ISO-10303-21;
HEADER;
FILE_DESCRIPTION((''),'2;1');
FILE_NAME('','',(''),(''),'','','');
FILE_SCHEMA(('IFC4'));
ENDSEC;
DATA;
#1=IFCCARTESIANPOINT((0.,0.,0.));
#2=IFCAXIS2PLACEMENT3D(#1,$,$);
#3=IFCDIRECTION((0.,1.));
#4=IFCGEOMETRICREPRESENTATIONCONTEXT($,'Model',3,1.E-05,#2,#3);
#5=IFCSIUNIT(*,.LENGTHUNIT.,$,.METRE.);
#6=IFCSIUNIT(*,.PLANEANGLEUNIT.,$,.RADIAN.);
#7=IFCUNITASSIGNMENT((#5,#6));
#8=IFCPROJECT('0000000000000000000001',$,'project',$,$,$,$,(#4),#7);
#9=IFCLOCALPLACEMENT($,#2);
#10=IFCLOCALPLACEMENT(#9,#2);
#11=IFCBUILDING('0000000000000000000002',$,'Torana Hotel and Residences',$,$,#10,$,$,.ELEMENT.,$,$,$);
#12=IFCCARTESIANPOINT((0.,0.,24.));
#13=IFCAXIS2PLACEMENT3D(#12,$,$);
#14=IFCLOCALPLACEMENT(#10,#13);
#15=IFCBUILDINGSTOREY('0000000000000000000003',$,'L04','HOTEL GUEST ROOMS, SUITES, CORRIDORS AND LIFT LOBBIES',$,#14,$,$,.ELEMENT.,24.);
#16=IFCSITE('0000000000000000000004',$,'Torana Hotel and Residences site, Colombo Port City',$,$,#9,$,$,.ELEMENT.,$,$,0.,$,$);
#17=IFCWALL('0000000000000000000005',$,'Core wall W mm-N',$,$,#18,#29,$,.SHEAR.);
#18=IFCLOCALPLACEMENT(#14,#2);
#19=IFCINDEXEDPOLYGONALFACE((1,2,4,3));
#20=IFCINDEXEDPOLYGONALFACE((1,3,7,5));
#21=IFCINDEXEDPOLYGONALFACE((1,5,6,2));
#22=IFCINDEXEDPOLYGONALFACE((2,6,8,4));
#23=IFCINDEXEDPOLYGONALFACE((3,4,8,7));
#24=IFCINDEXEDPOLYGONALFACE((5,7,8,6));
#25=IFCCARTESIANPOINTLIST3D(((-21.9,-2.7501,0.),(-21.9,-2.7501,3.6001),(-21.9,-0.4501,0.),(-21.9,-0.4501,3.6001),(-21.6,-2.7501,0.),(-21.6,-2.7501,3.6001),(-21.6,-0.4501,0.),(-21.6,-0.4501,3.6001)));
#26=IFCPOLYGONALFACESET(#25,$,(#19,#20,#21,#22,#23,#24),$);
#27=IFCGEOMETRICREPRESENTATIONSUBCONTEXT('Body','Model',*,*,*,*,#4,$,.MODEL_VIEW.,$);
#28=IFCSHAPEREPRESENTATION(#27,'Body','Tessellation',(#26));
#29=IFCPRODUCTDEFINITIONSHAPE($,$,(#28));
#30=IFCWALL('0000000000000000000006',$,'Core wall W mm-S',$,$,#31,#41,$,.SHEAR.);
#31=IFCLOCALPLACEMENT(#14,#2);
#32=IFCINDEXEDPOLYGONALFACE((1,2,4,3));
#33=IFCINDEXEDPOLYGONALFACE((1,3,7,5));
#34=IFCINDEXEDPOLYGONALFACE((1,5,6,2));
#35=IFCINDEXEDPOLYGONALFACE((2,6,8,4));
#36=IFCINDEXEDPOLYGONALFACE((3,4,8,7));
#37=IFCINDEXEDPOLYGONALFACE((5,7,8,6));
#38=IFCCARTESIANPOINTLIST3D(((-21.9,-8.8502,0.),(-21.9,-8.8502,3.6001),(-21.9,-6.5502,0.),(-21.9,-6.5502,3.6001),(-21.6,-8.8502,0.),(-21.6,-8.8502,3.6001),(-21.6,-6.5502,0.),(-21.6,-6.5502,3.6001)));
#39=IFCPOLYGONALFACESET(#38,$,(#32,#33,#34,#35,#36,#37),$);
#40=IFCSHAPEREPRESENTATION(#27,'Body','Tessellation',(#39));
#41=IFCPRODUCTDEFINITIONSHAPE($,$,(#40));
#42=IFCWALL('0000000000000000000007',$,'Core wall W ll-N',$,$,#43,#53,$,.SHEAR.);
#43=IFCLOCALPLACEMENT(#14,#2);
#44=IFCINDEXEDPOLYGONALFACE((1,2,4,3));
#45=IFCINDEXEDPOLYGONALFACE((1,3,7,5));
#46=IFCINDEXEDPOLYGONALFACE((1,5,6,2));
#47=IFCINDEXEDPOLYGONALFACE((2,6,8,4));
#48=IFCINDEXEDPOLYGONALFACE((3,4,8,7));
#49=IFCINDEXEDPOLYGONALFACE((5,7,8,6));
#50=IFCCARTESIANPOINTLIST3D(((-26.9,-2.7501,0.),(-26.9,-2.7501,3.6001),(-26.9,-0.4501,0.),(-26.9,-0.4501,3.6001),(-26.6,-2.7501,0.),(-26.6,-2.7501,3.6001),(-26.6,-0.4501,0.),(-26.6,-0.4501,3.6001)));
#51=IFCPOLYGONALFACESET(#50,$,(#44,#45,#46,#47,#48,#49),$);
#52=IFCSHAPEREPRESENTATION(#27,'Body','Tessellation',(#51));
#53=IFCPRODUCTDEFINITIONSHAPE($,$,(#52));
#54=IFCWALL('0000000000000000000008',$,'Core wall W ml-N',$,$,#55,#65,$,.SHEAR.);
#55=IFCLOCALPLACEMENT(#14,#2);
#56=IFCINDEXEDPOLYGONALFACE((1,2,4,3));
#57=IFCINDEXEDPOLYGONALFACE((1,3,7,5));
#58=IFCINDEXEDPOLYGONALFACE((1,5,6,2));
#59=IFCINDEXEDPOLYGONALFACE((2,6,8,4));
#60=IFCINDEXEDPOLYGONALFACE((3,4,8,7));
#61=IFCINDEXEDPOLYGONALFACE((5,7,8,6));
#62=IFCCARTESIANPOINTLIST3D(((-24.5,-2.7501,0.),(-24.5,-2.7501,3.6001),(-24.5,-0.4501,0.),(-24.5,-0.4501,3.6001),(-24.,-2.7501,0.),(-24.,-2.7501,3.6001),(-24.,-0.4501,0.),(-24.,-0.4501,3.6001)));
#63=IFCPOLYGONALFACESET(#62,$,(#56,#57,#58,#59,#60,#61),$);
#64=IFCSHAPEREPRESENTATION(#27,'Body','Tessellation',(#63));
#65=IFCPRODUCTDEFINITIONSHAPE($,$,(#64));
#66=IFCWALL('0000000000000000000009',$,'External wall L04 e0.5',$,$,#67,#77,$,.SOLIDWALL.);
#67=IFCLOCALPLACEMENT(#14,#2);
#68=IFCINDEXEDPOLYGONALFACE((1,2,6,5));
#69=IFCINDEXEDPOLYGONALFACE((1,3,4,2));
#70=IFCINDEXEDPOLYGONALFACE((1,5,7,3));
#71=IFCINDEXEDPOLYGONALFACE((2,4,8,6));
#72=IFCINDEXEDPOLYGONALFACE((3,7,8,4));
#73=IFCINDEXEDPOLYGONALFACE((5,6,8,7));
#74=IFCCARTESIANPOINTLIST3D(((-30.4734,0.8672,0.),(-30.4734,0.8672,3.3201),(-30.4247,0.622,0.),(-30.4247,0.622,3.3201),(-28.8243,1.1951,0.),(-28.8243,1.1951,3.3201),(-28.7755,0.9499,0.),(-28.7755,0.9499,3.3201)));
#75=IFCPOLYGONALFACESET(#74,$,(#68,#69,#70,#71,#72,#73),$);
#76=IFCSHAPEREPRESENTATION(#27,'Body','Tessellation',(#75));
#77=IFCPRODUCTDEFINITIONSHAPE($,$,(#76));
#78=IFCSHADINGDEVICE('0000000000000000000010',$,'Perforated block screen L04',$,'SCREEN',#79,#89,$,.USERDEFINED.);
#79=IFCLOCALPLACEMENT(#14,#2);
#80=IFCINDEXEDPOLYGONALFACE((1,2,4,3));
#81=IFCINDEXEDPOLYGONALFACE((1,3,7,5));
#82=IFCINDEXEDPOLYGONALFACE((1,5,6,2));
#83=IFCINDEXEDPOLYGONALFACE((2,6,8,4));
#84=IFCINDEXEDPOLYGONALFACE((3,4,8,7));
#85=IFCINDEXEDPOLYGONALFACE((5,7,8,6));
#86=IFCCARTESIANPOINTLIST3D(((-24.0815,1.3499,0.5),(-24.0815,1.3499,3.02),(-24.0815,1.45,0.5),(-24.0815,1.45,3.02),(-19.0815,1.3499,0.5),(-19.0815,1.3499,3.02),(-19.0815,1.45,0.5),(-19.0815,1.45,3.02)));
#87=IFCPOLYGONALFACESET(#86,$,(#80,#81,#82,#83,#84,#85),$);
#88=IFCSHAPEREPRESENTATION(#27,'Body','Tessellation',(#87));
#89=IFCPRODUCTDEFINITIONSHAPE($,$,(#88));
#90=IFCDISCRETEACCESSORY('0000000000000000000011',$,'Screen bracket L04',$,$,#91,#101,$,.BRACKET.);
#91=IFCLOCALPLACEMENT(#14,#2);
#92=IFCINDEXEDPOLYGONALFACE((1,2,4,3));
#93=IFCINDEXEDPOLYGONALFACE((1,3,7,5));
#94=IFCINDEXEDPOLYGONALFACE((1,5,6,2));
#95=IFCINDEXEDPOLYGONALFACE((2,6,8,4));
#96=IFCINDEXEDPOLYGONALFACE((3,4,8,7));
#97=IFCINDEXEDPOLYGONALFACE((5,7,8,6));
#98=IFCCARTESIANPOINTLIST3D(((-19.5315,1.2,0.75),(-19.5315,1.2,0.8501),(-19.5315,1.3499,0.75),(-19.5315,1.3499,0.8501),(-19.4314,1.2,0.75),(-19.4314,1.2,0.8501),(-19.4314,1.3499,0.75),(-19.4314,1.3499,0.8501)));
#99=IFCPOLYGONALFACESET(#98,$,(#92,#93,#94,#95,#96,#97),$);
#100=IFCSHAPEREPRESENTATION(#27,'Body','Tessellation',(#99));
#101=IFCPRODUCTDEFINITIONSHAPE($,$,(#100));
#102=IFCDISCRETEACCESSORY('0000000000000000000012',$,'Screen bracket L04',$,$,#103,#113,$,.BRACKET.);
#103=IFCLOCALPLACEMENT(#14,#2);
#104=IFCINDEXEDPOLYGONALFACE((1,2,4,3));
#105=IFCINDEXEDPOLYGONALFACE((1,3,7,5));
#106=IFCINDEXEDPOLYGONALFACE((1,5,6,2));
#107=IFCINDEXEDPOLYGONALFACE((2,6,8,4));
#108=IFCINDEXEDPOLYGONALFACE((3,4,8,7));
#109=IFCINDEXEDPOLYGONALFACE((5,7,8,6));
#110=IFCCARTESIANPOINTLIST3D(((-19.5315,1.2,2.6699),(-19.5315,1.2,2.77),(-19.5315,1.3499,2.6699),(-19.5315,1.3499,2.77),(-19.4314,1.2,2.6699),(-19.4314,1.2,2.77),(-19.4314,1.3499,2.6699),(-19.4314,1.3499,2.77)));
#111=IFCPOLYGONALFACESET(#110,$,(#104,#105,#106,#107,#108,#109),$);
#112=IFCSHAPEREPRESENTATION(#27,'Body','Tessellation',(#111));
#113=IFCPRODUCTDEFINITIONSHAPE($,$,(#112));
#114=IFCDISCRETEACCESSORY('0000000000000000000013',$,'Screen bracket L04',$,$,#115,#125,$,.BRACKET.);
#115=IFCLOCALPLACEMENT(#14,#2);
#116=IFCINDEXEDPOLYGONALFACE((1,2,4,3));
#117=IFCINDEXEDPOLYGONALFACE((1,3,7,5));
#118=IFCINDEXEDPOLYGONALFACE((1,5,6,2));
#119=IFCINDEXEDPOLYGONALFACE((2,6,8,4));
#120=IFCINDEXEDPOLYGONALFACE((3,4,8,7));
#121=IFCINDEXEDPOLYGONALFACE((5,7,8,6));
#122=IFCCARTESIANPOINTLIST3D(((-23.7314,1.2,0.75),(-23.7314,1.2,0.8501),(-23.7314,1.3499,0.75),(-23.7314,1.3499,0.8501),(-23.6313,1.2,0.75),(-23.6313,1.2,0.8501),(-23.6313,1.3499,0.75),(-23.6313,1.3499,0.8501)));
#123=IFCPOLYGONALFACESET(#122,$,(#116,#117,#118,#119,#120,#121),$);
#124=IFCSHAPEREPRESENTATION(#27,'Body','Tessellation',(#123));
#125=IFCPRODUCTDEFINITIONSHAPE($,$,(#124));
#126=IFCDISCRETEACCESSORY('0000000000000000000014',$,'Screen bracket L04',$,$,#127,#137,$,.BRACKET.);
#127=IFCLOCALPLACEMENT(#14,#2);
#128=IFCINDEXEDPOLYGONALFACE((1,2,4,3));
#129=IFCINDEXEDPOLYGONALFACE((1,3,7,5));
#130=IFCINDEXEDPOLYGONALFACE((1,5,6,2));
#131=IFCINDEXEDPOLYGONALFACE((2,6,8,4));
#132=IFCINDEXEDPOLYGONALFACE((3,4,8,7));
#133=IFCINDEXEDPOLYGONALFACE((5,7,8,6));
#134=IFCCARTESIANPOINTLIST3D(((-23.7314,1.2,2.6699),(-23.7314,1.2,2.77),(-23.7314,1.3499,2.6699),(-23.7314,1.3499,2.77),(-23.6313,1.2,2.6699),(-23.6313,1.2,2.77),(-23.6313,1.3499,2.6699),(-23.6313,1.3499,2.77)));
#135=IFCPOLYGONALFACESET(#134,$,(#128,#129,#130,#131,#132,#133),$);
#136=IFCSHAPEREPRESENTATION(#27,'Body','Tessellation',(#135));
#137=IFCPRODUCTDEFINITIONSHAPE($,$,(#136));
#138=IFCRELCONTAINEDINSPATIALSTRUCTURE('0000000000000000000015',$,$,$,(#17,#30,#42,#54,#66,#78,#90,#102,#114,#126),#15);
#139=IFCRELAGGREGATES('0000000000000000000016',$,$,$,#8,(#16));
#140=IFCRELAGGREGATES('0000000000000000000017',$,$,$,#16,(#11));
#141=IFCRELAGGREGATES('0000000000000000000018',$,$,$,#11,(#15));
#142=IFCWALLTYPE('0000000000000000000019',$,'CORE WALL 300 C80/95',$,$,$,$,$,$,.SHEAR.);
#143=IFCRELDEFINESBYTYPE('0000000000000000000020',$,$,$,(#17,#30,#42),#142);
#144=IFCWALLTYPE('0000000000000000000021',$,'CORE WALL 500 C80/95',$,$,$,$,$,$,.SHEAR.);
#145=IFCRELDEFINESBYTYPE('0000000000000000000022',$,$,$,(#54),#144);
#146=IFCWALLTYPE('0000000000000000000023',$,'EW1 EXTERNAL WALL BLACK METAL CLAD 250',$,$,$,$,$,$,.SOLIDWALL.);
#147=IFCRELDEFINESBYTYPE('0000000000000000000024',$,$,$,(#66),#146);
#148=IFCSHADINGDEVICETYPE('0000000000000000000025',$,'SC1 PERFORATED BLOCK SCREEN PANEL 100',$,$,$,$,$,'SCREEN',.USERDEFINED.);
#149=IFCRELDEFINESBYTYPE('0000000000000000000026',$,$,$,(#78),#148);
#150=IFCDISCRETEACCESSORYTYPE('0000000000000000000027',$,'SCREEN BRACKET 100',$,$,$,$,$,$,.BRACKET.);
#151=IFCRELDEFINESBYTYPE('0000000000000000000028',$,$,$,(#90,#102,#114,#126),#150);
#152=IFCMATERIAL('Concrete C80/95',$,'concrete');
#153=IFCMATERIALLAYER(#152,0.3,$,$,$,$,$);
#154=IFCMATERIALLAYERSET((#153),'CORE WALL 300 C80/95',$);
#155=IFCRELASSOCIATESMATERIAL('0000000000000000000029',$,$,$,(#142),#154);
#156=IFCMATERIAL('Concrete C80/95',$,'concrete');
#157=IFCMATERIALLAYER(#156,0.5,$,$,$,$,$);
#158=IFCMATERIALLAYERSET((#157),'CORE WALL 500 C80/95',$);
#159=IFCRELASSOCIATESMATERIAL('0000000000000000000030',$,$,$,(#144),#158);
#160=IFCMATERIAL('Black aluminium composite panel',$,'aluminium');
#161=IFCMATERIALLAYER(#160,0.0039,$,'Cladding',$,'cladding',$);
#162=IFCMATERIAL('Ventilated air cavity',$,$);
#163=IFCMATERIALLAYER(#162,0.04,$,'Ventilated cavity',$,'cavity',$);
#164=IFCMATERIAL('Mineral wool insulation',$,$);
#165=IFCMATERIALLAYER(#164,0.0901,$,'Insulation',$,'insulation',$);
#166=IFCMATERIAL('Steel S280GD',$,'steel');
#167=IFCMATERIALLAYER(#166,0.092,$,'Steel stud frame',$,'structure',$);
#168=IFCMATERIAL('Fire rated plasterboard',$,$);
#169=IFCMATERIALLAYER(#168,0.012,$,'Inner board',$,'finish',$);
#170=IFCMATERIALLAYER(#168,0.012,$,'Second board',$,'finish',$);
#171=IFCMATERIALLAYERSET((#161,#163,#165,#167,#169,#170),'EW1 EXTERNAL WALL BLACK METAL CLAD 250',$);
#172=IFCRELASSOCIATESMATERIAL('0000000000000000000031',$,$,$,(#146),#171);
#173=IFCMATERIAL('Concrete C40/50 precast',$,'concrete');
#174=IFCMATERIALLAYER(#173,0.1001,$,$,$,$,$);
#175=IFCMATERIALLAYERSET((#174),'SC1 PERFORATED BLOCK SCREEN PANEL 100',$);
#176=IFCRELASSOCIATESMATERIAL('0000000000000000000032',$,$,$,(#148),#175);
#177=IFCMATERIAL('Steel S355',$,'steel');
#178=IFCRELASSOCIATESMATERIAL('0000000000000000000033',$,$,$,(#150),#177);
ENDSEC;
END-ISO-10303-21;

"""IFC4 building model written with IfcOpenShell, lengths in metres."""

from ifc_helpers import new_model, si_unit, direction, frame, frame_2d, origin, origin_2d, place, context, subcontext, project, spatial, rectangle, extrude, material, layer, layer_set, type_object, element, save


model = new_model("IFC4")

# Units and contexts
model_context = context("Model", 3, precision=1e-05, world=origin(), true_north=direction((0.0, 1.0)))
body_context = subcontext(model_context, "Body", "Model", "MODEL_VIEW")
ifc_project = project(units=[si_unit("LENGTHUNIT", "METRE"), si_unit("PLANEANGLEUNIT", "RADIAN")], contexts=[model_context])

# Site, building, storey
site_placement = place(None, origin())
site = spatial("IfcSite", under=ifc_project, at=site_placement, Name="Torana Hotel and Residences site, Colombo Port City", CompositionType="ELEMENT", RefElevation=0.0)
building_placement = place(site_placement, origin())
building = spatial("IfcBuilding", under=site, at=building_placement, Name="Torana Hotel and Residences", CompositionType="ELEMENT")
storey_placement = place(building_placement, frame((0.0, 0.0, 24.0)))
storey = spatial("IfcBuildingStorey", under=building, at=storey_placement, Name="L04", Description="HOTEL GUEST ROOMS, SUITES, CORRIDORS AND LIFT LOBBIES", CompositionType="ELEMENT", Elevation=24.0)

# Walls
ifc_material_1 = material(Name="Concrete C80/95", Category="concrete")
ifc_layer_1 = layer(ifc_material_1, 0.3)
ifc_layer_set_1 = layer_set([ifc_layer_1], Name="CORE WALL 300 C80/95")
wall_type_1 = type_object("IfcWallType", Name="CORE WALL 300 C80/95", PredefinedType="SHEAR", material=ifc_layer_set_1)
for number, where, z_axis, x_axis, name in (
    (1, (-21.75, -2.75, 0.0), (0.0, 0.0, 1.0), (0.0, 1.0, 0.0), "Core wall W mm-N"),
    (2, (-21.75, -8.8501, 0.0), (0.0, 0.0, 1.0), (0.0, 1.0, 0.0), "Core wall W mm-S"),
    (3, (-26.75, -2.75, 0.0), (0.0, 0.0, 1.0), (0.0, 1.0, 0.0), "Core wall W ll-N"),
):
    element("IfcWall", number, at=place(storey_placement, frame(where, z_axis=z_axis, x_axis=x_axis)), inside=storey, type_object=wall_type_1, Name=name, PredefinedType="SHEAR", context=body_context, shape_type="SweptSolid", body=[
        extrude(rectangle(XDim=2.3, YDim=0.3, at=frame_2d((1.1499, 0.0))), origin(), (0.0, 0.0, 1.0), 3.6001),
    ])
ifc_material_2 = material(Name="Concrete C80/95", Category="concrete")
ifc_layer_2 = layer(ifc_material_2, 0.5)
ifc_layer_set_2 = layer_set([ifc_layer_2], Name="CORE WALL 500 C80/95")
wall_type_2 = type_object("IfcWallType", Name="CORE WALL 500 C80/95", PredefinedType="SHEAR", material=ifc_layer_set_2)
wall_1_placement = place(storey_placement, frame((-24.25, -2.75, 0.0), z_axis=(0.0, 0.0, 1.0), x_axis=(0.0, 1.0, 0.0)))
element("IfcWall", 4, at=wall_1_placement, inside=storey, type_object=wall_type_2, Name="Core wall W ml-N", PredefinedType="SHEAR", context=body_context, shape_type="SweptSolid", body=[
    extrude(rectangle(XDim=2.3, YDim=0.5, at=frame_2d((1.1499, 0.0))), origin(), (0.0, 0.0, 1.0), 3.6001),
])
ifc_material_3 = material(Name="Black aluminium composite panel", Category="aluminium")
ifc_layer_3 = layer(ifc_material_3, 0.0039, Name="Cladding", Category="cladding")
ifc_material_4 = material(Name="Ventilated air cavity")
ifc_layer_4 = layer(ifc_material_4, 0.04, Name="Ventilated cavity", Category="cavity")
ifc_material_5 = material(Name="Mineral wool insulation")
ifc_layer_5 = layer(ifc_material_5, 0.0901, Name="Insulation", Category="insulation")
ifc_material_6 = material(Name="Steel S280GD", Category="steel")
ifc_layer_6 = layer(ifc_material_6, 0.092, Name="Steel stud frame", Category="structure")
ifc_material_7 = material(Name="Fire rated plasterboard")
ifc_layer_7 = layer(ifc_material_7, 0.012, Name="Inner board", Category="finish")
ifc_layer_8 = layer(ifc_material_7, 0.012, Name="Second board", Category="finish")
ifc_layer_set_3 = layer_set([ifc_layer_3, ifc_layer_4, ifc_layer_5, ifc_layer_6, ifc_layer_7, ifc_layer_8], Name="EW1 EXTERNAL WALL BLACK METAL CLAD 250")
wall_type_3 = type_object("IfcWallType", Name="EW1 EXTERNAL WALL BLACK METAL CLAD 250", PredefinedType="SOLIDWALL", material=ifc_layer_set_3)
wall_2_placement = place(storey_placement, frame((-28.7998, 1.0725, 0.0), z_axis=(0.0, 0.0, 1.0), x_axis=(-0.980803, -0.194999, 0.0)))
element("IfcWall", 5, at=wall_2_placement, inside=storey, type_object=wall_type_3, Name="External wall L04 e0.5", PredefinedType="SOLIDWALL", context=body_context, shape_type="SweptSolid", body=[
    extrude(rectangle(XDim=1.6814, YDim=0.25, at=frame_2d((0.8408, 0.0))), origin(), (0.0, 0.0, 1.0), 3.3201),
])

# Shading device
ifc_material_8 = material(Name="Concrete C40/50 precast", Category="concrete")
ifc_layer_9 = layer(ifc_material_8, 0.1001)
ifc_layer_set_4 = layer_set([ifc_layer_9], Name="SC1 PERFORATED BLOCK SCREEN PANEL 100")
shading_device_type = type_object("IfcShadingDeviceType", Name="SC1 PERFORATED BLOCK SCREEN PANEL 100", ElementType="SCREEN", PredefinedType="USERDEFINED", material=ifc_layer_set_4)
shading_device_placement = place(storey_placement, frame((-21.5815, 1.3999, 0.5), z_axis=(0.0, 0.0, 1.0), x_axis=(-1.0, 0.0, 0.0)))
element("IfcShadingDevice", 6, at=shading_device_placement, inside=storey, type_object=shading_device_type, Name="Perforated block screen L04", ObjectType="SCREEN", PredefinedType="USERDEFINED", context=body_context, shape_type="SweptSolid", body=[
    extrude(rectangle(XDim=5.0, YDim=0.1001, at=origin_2d()), origin(), (0.0, 0.0, 1.0), 2.52),
])

# Discrete accessories
ifc_material_9 = material(Name="Steel S355", Category="steel")
discrete_accessory_type = type_object("IfcDiscreteAccessoryType", Name="SCREEN BRACKET 100", PredefinedType="BRACKET", material=ifc_material_9)
for number, where, z_axis, x_axis, name in (
    (7, (-19.4814, 1.2749, 0.75), (0.0, 0.0, 1.0), (-1.0, 0.0, 0.0), "Screen bracket L04"),
    (8, (-19.4814, 1.2749, 2.6699), (0.0, 0.0, 1.0), (-1.0, 0.0, 0.0), "Screen bracket L04"),
    (9, (-23.6814, 1.2749, 0.75), (0.0, 0.0, 1.0), (-1.0, 0.0, 0.0), "Screen bracket L04"),
    (10, (-23.6814, 1.2749, 2.6699), (0.0, 0.0, 1.0), (-1.0, 0.0, 0.0), "Screen bracket L04"),
):
    element("IfcDiscreteAccessory", number, at=place(storey_placement, frame(where, z_axis=z_axis, x_axis=x_axis)), inside=storey, type_object=discrete_accessory_type, Name=name, PredefinedType="BRACKET", context=body_context, shape_type="SweptSolid", body=[
        extrude(rectangle(XDim=0.1001, YDim=0.1499, at=origin_2d()), origin(), (0.0, 0.0, 1.0), 0.1001),
    ])

save(model, "model.ifc")
